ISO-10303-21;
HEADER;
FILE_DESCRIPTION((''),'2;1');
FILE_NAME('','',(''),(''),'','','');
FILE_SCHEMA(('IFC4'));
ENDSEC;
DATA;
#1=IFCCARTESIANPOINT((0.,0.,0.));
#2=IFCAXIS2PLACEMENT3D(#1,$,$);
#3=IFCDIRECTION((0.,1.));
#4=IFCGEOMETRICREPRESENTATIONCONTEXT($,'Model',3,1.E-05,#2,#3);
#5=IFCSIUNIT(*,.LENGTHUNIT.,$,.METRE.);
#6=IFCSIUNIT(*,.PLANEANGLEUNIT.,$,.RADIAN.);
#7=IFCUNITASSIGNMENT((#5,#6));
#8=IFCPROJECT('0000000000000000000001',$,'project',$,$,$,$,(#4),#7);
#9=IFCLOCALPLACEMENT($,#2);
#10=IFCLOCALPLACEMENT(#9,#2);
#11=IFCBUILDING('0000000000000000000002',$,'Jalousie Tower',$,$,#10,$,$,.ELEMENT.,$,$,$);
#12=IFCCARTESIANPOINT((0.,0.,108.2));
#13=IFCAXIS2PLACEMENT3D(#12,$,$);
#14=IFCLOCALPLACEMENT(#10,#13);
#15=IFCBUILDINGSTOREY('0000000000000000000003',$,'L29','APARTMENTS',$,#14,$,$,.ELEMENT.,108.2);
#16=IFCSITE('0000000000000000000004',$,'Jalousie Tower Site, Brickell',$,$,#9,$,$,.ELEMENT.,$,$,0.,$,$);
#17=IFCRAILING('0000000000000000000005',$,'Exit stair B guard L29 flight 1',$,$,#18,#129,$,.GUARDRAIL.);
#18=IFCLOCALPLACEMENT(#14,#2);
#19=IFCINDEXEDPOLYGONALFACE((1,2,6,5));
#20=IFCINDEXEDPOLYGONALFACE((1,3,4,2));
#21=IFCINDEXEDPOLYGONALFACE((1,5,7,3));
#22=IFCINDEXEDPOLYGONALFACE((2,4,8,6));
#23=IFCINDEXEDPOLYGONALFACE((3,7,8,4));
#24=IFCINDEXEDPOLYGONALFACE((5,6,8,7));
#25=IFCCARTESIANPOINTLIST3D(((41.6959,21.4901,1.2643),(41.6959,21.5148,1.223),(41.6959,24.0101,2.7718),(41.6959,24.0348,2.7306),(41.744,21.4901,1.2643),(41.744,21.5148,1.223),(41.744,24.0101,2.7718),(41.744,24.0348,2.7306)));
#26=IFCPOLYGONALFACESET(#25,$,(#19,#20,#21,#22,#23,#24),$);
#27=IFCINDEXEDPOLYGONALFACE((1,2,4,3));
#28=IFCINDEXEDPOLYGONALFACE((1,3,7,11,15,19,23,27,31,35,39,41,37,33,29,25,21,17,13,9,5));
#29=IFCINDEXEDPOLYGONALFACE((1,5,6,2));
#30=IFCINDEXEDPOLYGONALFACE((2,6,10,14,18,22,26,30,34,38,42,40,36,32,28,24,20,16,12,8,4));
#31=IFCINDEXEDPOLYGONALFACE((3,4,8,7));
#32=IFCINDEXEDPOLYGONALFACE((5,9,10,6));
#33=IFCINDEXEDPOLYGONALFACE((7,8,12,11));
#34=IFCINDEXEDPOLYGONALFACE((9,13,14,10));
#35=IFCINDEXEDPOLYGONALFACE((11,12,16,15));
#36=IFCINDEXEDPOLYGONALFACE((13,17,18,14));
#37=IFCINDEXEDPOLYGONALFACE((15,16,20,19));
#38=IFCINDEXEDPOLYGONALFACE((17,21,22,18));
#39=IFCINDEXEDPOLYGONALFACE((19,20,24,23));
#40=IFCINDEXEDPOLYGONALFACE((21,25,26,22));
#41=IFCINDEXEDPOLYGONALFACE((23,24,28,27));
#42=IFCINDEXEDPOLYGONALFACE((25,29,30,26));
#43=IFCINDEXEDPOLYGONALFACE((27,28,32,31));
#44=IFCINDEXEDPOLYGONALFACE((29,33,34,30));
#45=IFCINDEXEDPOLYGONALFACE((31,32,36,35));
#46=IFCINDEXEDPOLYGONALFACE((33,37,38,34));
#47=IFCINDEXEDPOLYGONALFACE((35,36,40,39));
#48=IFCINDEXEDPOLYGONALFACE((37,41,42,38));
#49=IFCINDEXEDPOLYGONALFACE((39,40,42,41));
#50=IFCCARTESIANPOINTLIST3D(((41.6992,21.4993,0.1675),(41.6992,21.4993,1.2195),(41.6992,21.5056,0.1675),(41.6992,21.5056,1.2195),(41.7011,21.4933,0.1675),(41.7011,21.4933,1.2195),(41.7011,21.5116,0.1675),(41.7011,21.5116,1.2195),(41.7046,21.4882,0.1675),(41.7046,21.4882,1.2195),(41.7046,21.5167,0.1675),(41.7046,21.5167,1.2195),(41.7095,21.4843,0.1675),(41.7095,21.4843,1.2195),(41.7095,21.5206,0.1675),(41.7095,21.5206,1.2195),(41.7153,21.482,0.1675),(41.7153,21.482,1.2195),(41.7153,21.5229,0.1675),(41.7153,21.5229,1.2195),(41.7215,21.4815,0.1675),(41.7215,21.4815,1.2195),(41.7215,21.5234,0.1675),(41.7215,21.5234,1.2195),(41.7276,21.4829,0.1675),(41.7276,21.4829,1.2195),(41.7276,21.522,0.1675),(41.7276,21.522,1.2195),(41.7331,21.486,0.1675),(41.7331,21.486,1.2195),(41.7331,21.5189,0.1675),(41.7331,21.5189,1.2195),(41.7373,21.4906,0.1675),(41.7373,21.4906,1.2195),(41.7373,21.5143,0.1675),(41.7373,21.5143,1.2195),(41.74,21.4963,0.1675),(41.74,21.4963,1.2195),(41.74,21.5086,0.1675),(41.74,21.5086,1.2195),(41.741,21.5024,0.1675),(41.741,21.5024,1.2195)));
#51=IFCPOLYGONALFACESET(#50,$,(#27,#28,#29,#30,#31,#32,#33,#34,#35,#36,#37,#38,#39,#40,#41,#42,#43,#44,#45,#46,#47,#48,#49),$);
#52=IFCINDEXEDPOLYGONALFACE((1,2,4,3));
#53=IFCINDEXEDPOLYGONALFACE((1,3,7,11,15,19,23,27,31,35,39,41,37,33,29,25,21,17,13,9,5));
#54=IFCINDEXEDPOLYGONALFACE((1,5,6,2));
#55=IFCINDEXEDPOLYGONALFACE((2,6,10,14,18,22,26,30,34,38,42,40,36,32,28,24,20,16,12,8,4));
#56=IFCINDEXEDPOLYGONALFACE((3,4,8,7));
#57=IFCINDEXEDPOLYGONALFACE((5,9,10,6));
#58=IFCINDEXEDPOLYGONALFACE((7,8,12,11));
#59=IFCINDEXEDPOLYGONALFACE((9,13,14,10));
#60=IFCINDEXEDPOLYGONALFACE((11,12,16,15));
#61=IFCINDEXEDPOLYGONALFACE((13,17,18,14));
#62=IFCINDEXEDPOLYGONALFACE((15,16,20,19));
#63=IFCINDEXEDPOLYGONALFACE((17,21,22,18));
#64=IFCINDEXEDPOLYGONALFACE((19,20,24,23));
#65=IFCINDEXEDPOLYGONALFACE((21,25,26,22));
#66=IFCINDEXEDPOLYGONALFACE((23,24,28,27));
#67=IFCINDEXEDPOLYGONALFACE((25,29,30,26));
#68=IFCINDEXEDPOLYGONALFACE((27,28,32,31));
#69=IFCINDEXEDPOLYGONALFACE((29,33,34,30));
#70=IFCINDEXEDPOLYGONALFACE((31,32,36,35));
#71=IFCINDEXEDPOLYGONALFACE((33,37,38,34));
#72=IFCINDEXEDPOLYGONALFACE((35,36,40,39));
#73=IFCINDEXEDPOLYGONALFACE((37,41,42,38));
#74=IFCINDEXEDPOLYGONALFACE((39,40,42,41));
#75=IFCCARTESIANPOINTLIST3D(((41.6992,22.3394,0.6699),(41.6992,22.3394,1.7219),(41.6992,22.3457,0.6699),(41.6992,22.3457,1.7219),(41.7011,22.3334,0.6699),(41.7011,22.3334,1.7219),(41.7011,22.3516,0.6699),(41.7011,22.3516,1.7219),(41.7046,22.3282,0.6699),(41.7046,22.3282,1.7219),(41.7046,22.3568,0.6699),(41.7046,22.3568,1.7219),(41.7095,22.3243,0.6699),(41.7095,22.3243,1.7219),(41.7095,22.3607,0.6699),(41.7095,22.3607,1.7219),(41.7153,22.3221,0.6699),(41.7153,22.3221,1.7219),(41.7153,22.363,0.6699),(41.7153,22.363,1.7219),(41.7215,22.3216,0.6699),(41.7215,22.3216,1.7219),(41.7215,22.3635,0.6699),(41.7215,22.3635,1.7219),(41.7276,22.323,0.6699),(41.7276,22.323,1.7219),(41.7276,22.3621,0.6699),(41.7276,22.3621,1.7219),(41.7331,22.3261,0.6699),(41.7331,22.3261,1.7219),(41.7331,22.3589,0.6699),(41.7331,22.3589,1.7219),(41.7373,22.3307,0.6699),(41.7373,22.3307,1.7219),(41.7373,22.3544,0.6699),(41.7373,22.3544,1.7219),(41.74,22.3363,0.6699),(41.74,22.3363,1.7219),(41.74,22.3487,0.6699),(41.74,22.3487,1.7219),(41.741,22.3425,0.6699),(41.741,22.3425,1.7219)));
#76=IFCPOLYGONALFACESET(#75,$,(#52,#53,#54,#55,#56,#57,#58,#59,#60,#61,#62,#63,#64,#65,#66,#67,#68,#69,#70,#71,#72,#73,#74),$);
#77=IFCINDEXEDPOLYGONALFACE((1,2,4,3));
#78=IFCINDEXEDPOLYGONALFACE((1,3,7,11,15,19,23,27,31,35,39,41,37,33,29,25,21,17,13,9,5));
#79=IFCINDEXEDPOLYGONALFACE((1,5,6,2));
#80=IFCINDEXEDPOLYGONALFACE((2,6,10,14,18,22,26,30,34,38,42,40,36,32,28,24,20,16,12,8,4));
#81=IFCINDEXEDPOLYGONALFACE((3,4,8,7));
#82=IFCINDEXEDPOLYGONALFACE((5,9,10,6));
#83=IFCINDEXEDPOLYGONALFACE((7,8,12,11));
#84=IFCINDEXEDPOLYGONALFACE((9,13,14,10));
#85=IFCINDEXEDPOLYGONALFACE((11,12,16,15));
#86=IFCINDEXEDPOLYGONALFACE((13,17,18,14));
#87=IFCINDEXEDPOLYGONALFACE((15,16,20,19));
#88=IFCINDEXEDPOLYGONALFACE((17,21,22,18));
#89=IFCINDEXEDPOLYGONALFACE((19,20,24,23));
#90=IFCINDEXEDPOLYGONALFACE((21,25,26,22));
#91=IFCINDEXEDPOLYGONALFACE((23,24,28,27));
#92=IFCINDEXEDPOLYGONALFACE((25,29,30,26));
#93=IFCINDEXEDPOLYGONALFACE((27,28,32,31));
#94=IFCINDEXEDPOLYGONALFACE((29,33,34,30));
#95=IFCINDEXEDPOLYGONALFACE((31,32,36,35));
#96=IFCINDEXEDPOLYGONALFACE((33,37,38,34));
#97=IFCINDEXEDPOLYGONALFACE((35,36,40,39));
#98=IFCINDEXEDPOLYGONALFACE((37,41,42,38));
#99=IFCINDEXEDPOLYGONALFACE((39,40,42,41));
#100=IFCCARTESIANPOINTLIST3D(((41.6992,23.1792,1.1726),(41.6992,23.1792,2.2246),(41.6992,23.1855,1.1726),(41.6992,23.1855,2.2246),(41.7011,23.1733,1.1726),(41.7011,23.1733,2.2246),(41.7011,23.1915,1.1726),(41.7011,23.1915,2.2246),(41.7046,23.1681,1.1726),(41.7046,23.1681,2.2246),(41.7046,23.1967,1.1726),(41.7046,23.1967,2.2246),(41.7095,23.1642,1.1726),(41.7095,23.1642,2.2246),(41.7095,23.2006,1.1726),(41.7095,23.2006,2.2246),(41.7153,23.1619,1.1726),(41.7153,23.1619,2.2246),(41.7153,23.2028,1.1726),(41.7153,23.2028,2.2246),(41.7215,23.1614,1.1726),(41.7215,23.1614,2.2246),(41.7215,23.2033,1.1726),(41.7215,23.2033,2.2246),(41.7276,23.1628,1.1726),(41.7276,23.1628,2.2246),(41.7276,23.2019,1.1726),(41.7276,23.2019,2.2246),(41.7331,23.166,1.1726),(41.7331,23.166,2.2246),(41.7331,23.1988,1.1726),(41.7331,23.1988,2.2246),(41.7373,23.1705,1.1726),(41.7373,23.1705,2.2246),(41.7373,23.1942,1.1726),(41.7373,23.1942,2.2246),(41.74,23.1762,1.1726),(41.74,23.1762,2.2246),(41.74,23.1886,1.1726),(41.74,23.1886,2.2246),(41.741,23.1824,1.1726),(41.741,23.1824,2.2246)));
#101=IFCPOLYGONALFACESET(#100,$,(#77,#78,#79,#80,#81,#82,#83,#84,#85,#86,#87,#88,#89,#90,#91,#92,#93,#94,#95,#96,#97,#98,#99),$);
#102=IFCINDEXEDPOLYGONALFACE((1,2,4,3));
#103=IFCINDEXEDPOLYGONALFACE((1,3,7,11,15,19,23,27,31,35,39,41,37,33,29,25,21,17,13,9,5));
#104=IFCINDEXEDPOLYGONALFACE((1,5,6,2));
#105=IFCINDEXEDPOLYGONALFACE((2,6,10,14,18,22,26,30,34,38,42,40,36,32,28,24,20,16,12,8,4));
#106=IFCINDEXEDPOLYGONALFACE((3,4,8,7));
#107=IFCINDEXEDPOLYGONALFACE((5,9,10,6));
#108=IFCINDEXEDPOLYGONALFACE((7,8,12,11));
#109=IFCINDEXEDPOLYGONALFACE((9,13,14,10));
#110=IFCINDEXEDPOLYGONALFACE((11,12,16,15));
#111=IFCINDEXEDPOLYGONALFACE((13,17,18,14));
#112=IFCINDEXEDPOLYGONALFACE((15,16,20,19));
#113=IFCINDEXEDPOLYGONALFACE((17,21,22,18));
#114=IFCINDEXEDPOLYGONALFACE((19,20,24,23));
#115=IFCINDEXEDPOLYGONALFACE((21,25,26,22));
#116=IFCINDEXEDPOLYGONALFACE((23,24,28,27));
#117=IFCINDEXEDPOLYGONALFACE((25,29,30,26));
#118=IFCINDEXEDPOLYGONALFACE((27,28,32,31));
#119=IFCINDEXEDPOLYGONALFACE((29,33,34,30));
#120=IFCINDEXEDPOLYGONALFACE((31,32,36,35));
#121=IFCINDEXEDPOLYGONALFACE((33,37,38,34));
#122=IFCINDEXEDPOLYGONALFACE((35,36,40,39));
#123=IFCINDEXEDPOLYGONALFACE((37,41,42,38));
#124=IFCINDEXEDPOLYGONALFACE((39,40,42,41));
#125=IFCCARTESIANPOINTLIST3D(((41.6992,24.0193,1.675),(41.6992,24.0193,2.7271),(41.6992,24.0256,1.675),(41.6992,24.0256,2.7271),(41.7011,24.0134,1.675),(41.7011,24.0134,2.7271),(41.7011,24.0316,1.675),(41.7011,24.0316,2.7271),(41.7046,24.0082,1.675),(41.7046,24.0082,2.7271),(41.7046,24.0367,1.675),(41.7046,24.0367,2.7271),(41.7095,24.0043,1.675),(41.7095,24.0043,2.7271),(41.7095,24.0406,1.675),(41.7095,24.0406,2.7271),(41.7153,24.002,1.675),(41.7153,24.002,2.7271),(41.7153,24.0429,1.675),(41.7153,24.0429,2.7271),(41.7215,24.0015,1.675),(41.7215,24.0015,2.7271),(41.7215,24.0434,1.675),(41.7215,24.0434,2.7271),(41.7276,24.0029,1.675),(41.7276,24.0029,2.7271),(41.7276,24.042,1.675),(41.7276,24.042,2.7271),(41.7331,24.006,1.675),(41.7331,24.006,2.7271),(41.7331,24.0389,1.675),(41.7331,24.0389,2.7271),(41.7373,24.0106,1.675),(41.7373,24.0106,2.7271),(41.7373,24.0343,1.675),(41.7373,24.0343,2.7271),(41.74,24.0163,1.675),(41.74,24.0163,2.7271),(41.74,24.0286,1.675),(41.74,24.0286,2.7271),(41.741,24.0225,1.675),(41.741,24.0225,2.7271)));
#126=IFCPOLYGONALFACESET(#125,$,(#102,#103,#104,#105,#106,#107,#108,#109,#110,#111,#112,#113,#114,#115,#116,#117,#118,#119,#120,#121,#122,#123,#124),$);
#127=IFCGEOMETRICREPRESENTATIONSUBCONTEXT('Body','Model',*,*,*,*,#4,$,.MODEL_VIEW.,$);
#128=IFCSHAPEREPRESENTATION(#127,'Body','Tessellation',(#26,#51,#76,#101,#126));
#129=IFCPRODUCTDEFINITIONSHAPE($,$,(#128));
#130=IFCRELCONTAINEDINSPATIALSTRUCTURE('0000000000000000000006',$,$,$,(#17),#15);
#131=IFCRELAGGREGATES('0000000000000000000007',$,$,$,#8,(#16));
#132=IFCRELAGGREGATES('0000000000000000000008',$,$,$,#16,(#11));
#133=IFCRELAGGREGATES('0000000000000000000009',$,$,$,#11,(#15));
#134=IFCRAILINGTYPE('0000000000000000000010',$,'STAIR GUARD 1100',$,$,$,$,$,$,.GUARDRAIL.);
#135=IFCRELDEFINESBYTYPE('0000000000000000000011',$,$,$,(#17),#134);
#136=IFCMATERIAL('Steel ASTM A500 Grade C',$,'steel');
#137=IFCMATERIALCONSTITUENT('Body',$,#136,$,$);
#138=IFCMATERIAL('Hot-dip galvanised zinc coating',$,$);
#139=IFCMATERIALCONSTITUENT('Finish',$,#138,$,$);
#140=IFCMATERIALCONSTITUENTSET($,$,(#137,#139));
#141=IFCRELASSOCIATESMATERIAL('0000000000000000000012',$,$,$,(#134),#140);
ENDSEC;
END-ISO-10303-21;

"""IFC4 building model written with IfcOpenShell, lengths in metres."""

from ifc_helpers import new_model, si_unit, direction, frame, origin, origin_2d, place, context, subcontext, project, spatial, rectangle, circle, extrude, material, constituent, constituent_set, type_object, element, save


model = new_model("IFC4")

# Units and contexts
model_context = context("Model", 3, precision=1e-05, world=origin(), true_north=direction((0.0, 1.0)))
body_context = subcontext(model_context, "Body", "Model", "MODEL_VIEW")
ifc_project = project(units=[si_unit("LENGTHUNIT", "METRE"), si_unit("PLANEANGLEUNIT", "RADIAN")], contexts=[model_context])

# Site, building, storey
site_placement = place(None, origin())
site = spatial("IfcSite", under=ifc_project, at=site_placement, Name="Jalousie Tower Site, Brickell", CompositionType="ELEMENT", RefElevation=0.0)
building_placement = place(site_placement, origin())
building = spatial("IfcBuilding", under=site, at=building_placement, Name="Jalousie Tower", CompositionType="ELEMENT")
storey_placement = place(building_placement, frame((0.0, 0.0, 108.2)))
storey = spatial("IfcBuildingStorey", under=building, at=storey_placement, Name="L29", Description="APARTMENTS", CompositionType="ELEMENT", Elevation=108.2)

# Railing
ifc_material_1 = material(Name="Steel ASTM A500 Grade C", Category="steel")
ifc_constituent_1 = constituent(ifc_material_1, Name="Body")
ifc_material_2 = material(Name="Hot-dip galvanised zinc coating")
ifc_constituent_2 = constituent(ifc_material_2, Name="Finish")
ifc_constituent_set_1 = constituent_set(constituents=[ifc_constituent_1, ifc_constituent_2])
railing_type_1 = type_object("IfcRailingType", Name="STAIR GUARD 1100", PredefinedType="GUARDRAIL", material=ifc_constituent_set_1)
railing_1_placement = place(storey_placement, frame((41.72, 21.5024, 0.1675)))
element("IfcRailing", 1, at=railing_1_placement, inside=storey, type_object=railing_type_1, Name="Exit stair B guard L29 flight 1", PredefinedType="GUARDRAIL", context=body_context, shape_type="SweptSolid", body=[
    extrude(rectangle(XDim=0.0481, YDim=0.0481, at=origin_2d()), frame((0.0, 0.0, 1.0762), z_axis=(0.0, 0.85816, 0.513383), x_axis=(-1.0, 0.0, 0.0)), (0.0, 0.0, 1.0), 2.9365),
    extrude(circle(Radius=0.021, at=origin_2d()), origin(), (0.0, 0.0, 1.0), 1.052),
    extrude(circle(Radius=0.021, at=origin_2d()), frame((0.0, 0.8401, 0.5024)), (0.0, 0.0, 1.0), 1.052),
    extrude(circle(Radius=0.021, at=origin_2d()), frame((0.0, 1.6799, 1.0051)), (0.0, 0.0, 1.0), 1.052),
    extrude(circle(Radius=0.021, at=origin_2d()), frame((0.0, 2.52, 1.5076)), (0.0, 0.0, 1.0), 1.052),
])

save(model, "model.ifc")
